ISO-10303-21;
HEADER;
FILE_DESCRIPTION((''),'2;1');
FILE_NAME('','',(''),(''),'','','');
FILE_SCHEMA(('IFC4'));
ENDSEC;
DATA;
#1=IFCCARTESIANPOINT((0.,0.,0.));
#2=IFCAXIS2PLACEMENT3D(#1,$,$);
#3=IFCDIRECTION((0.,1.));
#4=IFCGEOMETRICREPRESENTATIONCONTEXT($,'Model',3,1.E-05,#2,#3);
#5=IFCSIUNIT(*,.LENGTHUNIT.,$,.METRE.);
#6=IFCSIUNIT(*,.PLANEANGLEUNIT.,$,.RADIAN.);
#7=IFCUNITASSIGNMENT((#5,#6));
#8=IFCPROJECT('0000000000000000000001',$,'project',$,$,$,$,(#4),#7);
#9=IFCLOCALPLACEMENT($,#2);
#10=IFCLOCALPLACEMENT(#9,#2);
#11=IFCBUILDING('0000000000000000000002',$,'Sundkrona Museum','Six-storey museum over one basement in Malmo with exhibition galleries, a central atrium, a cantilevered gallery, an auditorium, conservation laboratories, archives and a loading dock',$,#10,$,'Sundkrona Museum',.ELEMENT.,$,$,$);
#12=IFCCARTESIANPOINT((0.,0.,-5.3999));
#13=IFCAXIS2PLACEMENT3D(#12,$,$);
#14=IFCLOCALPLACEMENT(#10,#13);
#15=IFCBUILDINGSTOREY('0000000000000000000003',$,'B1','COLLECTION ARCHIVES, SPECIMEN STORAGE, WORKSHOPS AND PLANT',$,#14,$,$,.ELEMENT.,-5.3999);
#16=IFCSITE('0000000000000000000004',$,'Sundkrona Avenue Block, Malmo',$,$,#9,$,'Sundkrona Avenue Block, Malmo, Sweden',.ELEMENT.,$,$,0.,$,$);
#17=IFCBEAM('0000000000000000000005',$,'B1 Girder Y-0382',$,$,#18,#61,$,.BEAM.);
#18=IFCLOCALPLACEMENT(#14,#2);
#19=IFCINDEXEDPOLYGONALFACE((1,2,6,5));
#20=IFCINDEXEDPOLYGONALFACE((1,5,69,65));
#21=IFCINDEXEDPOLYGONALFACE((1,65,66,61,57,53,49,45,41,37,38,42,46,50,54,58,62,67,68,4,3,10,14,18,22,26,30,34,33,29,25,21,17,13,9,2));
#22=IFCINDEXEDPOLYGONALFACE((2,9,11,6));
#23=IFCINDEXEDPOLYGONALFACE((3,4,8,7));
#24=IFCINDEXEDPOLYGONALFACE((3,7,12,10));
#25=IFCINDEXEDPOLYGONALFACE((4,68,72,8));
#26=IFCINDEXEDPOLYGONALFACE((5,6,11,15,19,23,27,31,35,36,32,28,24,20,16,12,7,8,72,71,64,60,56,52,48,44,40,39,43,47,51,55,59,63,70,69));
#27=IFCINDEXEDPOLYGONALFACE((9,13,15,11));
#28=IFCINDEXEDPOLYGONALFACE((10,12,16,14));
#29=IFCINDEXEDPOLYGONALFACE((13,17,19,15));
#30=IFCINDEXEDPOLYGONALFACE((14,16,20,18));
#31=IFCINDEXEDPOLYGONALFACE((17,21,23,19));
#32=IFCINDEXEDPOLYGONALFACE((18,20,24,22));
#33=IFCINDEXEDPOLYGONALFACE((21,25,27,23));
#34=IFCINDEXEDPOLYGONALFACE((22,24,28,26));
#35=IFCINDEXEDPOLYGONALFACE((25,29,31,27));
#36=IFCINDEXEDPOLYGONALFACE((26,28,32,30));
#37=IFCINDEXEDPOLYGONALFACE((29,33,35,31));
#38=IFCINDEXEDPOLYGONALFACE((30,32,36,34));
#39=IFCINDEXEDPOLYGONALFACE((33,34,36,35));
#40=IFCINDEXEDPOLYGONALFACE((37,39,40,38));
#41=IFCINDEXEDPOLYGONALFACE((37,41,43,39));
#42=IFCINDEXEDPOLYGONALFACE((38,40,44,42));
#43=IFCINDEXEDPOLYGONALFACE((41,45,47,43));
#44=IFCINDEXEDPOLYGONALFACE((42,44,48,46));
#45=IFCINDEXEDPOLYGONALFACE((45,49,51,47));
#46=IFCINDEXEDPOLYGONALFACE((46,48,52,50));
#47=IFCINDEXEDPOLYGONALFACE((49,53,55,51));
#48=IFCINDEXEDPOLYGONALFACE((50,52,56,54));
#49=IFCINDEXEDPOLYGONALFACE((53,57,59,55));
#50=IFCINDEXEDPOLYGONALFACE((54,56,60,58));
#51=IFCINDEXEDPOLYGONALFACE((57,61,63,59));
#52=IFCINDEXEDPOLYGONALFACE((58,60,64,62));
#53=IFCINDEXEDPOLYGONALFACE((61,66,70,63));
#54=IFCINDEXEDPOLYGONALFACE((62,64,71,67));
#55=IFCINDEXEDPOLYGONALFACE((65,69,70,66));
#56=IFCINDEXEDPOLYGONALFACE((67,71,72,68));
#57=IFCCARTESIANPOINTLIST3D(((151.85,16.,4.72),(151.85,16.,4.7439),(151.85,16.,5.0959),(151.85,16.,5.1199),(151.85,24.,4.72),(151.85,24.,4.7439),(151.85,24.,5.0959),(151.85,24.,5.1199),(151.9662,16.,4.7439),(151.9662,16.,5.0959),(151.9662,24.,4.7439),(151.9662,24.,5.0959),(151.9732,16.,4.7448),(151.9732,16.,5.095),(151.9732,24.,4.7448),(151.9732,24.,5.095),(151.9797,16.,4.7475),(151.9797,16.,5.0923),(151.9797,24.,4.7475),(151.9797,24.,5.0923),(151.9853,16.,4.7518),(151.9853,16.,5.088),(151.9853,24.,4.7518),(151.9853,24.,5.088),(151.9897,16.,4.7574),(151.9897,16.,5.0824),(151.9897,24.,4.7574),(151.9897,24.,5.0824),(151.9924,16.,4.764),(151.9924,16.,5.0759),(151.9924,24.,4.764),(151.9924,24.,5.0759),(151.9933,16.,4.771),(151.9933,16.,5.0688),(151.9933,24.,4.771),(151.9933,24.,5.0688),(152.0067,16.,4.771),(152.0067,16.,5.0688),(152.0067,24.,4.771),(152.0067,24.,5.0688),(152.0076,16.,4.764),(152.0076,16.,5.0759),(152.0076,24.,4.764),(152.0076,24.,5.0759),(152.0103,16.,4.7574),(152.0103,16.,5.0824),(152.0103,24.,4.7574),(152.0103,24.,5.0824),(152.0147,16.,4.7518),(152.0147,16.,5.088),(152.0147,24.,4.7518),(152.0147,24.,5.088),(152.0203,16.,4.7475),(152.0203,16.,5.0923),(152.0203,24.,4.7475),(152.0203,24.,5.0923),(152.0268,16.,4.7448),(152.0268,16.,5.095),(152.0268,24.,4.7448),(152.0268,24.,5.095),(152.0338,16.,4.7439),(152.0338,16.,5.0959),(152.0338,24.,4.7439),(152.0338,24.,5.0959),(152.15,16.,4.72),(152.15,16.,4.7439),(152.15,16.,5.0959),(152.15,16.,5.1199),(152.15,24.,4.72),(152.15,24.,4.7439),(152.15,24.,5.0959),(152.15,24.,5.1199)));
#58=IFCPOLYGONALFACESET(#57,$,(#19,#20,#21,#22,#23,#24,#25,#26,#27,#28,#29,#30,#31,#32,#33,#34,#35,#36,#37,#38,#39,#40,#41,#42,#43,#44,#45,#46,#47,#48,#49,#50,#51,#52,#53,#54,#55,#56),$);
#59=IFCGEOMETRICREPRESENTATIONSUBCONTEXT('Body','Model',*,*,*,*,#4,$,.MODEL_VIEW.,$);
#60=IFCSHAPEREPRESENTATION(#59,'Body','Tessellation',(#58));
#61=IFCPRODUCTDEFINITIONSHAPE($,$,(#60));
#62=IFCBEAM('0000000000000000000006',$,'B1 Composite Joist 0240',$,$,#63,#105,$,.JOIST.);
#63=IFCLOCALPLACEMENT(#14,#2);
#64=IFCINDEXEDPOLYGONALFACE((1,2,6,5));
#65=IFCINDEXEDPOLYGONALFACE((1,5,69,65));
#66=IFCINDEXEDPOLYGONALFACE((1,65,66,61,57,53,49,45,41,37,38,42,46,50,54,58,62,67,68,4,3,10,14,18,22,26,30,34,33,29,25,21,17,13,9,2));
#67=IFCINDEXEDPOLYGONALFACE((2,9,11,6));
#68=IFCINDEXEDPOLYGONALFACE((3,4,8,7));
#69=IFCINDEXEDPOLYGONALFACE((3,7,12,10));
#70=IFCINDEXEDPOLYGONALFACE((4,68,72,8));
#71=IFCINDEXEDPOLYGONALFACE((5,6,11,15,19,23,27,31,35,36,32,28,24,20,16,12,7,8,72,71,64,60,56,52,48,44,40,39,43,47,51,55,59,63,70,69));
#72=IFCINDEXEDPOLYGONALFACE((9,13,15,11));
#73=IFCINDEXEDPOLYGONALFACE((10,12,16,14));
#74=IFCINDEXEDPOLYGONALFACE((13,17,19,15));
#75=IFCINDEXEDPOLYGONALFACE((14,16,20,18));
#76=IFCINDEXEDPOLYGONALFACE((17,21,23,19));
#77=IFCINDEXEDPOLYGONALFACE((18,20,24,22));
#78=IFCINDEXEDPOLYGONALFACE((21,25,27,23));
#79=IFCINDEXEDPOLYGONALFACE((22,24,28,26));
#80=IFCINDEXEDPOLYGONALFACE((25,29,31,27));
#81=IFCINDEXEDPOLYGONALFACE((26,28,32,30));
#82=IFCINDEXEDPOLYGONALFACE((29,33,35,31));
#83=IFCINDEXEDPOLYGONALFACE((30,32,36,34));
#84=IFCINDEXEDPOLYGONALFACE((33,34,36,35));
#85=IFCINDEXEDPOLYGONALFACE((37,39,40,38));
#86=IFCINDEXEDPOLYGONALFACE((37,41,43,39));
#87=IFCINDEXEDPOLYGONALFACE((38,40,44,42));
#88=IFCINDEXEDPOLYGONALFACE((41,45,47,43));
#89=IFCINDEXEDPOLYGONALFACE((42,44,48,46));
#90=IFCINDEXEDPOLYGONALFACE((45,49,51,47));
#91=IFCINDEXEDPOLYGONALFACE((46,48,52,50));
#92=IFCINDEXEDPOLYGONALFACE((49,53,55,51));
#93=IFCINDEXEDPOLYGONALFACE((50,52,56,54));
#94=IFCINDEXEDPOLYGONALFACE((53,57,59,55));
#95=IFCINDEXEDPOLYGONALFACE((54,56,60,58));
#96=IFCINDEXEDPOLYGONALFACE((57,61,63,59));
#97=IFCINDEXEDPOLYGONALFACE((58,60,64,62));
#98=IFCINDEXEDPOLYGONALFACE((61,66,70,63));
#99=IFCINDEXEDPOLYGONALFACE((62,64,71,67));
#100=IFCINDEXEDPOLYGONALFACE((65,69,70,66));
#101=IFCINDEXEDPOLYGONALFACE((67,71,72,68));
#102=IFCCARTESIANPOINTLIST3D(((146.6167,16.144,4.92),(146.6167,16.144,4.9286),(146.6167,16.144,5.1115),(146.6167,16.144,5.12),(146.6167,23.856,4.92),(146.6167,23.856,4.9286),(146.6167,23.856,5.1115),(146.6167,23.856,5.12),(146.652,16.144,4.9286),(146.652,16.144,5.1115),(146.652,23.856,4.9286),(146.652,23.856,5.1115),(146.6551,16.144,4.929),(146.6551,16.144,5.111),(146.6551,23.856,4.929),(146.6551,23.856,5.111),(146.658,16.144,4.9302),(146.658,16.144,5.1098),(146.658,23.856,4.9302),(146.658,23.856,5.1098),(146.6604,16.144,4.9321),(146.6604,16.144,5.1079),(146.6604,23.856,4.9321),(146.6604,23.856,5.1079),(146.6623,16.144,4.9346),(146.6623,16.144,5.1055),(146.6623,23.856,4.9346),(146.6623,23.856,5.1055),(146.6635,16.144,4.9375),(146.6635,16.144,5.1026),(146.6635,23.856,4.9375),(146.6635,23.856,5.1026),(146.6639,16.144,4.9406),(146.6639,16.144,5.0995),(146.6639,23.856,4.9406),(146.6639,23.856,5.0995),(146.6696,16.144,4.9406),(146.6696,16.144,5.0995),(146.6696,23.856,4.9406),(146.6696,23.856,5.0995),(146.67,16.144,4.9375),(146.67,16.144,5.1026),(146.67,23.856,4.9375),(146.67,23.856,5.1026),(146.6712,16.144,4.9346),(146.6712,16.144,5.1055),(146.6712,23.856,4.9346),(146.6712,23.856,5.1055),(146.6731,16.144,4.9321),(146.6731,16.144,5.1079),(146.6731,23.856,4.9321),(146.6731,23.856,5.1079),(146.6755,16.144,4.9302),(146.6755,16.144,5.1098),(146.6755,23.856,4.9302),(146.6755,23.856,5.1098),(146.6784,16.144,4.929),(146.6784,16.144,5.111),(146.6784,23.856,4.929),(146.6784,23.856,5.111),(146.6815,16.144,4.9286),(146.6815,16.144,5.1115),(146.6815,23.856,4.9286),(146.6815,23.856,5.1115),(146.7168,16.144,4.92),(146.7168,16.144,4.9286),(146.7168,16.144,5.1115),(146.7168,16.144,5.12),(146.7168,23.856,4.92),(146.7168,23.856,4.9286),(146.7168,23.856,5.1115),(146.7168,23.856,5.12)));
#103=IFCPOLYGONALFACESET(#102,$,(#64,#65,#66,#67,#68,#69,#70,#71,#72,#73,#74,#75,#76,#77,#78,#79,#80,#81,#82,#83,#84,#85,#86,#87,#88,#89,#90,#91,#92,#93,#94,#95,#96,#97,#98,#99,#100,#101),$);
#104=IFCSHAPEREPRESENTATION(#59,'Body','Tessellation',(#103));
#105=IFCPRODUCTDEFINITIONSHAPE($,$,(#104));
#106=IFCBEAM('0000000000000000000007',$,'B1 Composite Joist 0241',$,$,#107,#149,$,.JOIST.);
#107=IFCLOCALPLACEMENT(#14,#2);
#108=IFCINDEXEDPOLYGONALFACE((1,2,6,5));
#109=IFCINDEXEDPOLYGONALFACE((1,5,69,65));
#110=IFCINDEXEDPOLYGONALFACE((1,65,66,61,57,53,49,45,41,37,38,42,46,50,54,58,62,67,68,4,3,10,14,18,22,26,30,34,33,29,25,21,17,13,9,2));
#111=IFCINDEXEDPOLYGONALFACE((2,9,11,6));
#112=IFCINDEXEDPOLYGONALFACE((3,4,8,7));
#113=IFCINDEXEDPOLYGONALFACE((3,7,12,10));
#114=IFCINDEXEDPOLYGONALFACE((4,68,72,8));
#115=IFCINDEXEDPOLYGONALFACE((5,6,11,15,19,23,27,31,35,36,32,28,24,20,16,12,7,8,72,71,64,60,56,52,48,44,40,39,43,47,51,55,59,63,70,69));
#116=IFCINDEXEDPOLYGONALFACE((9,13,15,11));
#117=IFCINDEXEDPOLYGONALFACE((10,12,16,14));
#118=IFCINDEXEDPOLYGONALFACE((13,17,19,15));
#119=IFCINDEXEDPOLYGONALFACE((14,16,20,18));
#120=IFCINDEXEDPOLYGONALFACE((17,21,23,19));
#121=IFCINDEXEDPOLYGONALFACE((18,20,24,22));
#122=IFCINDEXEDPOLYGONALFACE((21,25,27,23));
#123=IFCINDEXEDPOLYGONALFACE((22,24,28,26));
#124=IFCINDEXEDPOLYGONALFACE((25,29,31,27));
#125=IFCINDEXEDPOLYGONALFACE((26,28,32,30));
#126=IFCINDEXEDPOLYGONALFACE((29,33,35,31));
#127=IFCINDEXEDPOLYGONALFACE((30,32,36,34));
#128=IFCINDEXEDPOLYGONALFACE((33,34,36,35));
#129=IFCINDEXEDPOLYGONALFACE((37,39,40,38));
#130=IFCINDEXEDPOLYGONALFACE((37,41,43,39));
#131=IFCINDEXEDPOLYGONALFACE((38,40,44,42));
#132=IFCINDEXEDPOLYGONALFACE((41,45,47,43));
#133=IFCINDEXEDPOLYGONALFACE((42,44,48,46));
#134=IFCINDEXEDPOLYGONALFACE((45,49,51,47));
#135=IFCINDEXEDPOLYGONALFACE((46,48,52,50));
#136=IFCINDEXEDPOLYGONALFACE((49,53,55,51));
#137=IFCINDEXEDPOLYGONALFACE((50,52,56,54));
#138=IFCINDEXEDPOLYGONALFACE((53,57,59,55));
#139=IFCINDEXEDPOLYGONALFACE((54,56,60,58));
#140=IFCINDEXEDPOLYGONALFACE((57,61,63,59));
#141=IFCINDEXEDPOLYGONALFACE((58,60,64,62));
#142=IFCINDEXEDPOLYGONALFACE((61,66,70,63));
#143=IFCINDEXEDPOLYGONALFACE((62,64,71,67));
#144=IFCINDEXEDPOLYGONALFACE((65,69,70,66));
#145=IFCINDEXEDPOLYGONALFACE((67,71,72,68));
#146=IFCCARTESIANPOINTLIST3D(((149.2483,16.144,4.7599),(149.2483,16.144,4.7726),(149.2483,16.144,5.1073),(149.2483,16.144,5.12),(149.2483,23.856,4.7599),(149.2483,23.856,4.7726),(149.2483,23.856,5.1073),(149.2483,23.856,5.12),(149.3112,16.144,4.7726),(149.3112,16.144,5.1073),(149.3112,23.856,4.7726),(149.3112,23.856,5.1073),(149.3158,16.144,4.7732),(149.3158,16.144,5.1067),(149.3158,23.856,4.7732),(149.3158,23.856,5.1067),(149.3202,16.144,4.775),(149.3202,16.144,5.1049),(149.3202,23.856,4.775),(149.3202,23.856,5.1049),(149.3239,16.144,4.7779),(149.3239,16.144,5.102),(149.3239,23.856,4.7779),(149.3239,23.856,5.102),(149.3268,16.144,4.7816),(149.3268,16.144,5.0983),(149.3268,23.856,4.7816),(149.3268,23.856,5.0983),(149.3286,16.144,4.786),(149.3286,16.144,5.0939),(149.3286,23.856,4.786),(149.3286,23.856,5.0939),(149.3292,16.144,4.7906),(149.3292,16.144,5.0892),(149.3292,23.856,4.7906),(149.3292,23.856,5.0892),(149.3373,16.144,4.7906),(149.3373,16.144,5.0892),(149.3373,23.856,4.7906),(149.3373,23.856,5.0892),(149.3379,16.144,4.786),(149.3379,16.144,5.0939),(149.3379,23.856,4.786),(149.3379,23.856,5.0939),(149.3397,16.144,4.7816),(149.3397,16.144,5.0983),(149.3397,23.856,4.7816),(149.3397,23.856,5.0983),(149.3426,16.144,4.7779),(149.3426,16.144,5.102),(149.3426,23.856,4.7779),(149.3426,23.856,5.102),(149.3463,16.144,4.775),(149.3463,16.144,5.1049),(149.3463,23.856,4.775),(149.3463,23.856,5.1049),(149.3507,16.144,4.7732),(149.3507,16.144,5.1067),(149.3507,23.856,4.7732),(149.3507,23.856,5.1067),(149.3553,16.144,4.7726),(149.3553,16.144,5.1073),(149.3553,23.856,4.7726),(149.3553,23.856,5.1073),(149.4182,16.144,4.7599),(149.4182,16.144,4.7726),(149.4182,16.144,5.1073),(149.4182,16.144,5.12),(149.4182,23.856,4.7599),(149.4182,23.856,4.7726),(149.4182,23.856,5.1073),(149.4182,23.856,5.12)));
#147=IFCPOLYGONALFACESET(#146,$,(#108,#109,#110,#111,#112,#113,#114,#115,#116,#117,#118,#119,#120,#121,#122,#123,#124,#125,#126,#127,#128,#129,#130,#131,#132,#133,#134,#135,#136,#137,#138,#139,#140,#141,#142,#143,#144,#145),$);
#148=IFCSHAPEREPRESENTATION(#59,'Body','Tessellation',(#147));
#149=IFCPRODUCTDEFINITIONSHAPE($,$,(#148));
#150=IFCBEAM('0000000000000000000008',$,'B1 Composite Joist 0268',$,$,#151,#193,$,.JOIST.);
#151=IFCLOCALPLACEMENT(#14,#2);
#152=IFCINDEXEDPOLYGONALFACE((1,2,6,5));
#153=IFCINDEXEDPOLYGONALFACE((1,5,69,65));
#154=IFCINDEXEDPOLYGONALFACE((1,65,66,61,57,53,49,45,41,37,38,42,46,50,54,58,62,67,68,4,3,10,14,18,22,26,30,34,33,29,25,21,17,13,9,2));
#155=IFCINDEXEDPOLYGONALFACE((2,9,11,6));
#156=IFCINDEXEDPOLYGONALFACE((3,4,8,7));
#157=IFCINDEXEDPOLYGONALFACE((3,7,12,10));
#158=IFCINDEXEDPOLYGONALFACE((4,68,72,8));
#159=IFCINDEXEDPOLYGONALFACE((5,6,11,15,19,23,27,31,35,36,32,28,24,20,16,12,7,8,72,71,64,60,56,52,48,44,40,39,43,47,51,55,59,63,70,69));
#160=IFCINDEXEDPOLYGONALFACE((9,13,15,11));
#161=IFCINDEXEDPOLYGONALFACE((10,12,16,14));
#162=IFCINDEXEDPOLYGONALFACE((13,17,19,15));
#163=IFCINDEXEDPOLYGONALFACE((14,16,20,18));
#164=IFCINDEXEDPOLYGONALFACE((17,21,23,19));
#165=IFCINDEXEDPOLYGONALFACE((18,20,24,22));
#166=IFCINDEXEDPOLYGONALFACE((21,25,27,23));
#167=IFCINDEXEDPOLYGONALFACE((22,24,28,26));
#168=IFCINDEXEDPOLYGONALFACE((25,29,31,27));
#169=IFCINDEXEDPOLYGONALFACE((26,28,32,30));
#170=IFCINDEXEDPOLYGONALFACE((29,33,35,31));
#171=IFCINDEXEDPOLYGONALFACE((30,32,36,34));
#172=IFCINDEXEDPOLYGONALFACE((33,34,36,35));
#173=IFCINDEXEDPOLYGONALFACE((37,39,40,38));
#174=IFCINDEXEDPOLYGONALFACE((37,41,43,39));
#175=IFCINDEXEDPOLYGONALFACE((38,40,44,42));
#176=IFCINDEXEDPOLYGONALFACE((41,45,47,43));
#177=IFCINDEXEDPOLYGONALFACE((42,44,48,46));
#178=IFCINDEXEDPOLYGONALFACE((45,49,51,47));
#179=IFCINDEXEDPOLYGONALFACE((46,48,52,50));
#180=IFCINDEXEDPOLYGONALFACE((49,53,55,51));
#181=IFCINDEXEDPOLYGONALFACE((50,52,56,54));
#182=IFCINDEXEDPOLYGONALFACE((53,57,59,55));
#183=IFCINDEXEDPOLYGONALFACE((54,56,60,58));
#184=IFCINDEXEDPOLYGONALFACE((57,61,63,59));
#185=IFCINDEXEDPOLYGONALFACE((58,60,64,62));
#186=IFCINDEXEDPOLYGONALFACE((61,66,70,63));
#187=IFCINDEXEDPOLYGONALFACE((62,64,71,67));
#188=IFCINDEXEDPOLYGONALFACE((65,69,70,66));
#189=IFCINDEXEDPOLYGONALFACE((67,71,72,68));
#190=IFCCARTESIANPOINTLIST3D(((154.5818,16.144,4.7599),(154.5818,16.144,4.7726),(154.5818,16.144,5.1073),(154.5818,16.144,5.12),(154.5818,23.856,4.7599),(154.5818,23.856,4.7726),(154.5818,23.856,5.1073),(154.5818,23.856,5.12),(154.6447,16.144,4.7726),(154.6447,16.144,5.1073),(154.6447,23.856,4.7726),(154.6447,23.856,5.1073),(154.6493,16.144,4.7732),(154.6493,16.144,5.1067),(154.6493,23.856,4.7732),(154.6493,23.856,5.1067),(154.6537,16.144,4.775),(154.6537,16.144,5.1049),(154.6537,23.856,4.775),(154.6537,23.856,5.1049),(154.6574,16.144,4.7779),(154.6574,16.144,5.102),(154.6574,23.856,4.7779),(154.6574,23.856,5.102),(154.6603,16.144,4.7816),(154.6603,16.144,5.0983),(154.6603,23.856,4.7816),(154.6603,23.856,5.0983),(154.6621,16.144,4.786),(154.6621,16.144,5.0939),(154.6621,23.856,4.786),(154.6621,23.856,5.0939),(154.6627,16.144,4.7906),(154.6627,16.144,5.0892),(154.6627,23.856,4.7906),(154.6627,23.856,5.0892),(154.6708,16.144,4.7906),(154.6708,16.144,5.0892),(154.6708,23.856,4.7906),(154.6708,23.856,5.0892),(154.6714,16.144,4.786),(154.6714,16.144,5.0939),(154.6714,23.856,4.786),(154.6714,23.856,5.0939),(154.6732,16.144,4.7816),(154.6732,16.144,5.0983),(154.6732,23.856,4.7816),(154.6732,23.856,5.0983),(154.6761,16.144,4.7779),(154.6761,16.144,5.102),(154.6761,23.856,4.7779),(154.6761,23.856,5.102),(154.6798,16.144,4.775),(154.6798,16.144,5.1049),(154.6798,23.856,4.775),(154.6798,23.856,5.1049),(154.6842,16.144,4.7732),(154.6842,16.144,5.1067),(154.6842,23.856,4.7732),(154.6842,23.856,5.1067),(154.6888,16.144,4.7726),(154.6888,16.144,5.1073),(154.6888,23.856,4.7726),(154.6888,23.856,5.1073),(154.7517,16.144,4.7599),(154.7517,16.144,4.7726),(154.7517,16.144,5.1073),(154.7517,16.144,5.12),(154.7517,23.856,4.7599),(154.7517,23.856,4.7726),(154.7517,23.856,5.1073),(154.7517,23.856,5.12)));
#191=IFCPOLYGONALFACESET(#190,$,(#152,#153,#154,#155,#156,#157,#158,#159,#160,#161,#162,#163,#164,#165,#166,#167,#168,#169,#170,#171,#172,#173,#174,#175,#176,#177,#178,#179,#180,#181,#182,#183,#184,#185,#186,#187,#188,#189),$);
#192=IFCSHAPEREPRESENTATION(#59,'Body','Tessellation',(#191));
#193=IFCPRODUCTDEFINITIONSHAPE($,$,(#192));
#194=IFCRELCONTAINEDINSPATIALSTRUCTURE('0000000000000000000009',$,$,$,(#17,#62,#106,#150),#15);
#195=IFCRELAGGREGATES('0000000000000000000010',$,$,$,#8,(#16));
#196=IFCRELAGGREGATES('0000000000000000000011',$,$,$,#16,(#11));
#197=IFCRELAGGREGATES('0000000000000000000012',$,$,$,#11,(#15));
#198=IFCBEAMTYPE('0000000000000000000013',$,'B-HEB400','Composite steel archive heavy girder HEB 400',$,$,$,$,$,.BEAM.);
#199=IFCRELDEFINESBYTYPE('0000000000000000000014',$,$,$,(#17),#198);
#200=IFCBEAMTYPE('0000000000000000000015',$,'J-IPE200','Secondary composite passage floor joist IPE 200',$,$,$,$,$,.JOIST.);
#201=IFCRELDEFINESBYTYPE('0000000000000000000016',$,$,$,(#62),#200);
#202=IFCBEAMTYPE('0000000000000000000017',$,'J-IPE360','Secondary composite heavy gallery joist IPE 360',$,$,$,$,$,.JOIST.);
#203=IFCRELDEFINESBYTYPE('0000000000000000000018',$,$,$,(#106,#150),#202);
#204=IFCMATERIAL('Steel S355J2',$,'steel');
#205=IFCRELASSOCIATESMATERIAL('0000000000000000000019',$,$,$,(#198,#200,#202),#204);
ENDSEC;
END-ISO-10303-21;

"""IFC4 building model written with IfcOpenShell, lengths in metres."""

from ifc_helpers import new_model, si_unit, direction, frame, origin, origin_2d, place, context, subcontext, project, spatial, i_section, extrude, material, material_profile, profile_set, type_object, element, save


model = new_model("IFC4")

# Units and contexts
model_context = context("Model", 3, precision=1e-05, world=origin(), true_north=direction((0.0, 1.0)))
body_context = subcontext(model_context, "Body", "Model", "MODEL_VIEW")
ifc_project = project(units=[si_unit("LENGTHUNIT", "METRE"), si_unit("PLANEANGLEUNIT", "RADIAN")], contexts=[model_context])

# Site, building, storey
site_placement = place(None, origin())
site = spatial("IfcSite", under=ifc_project, at=site_placement, Name="Sundkrona Avenue Block, Malmo", LongName="Sundkrona Avenue Block, Malmo, Sweden", CompositionType="ELEMENT", RefElevation=0.0)
building_placement = place(site_placement, origin())
building = spatial("IfcBuilding", under=site, at=building_placement, Name="Sundkrona Museum", Description="Six-storey museum over one basement in Malmo with exhibition galleries, a central atrium, a cantilevered gallery, an auditorium, conservation laboratories, archives and a loading dock", LongName="Sundkrona Museum", CompositionType="ELEMENT")
storey_placement = place(building_placement, frame((0.0, 0.0, -5.3999)))
storey = spatial("IfcBuildingStorey", under=building, at=storey_placement, Name="B1", Description="COLLECTION ARCHIVES, SPECIMEN STORAGE, WORKSHOPS AND PLANT", CompositionType="ELEMENT", Elevation=-5.3999)

# Beams
ifc_material_1 = material(Name="Steel S355J2", Category="steel")
ifc_material_profile_1 = material_profile(ifc_material_1, i_section(OverallWidth=0.3, OverallDepth=0.3999, WebThickness=0.0134, FlangeThickness=0.0239, FilletRadius=0.0271, at=origin_2d()), Name="HEB 400")
ifc_profile_set_1 = profile_set([ifc_material_profile_1], Name="Steel S355J2")
beam_type_1 = type_object("IfcBeamType", Name="B-HEB400", Description="Composite steel archive heavy girder HEB 400", PredefinedType="BEAM", material=ifc_profile_set_1)
for number, where, z_axis, x_axis, name in (
    (1, (152.0, 16.0, 4.9199), (0.0, 1.0, 0.0), (-1.0, 0.0, 0.0), "B1 Girder Y-0382"),
):
    element("IfcBeam", number, at=place(storey_placement, frame(where, z_axis=z_axis, x_axis=x_axis)), inside=storey, type_object=beam_type_1, Name=name, PredefinedType="BEAM", context=body_context, shape_type="SweptSolid", body=[
        extrude(i_section(OverallWidth=0.3, OverallDepth=0.3999, WebThickness=0.0134, FlangeThickness=0.0239, FilletRadius=0.0271, at=origin_2d()), origin(), (0.0, 0.0, 1.0), 8.0),
    ])
ifc_material_profile_2 = material_profile(ifc_material_1, i_section(OverallWidth=0.1001, OverallDepth=0.2, WebThickness=0.0056, FlangeThickness=0.0085, FilletRadius=0.012, at=origin_2d()), Name="IPE 200")
ifc_profile_set_2 = profile_set([ifc_material_profile_2], Name="Steel S355J2")
beam_type_2 = type_object("IfcBeamType", Name="J-IPE200", Description="Secondary composite passage floor joist IPE 200", PredefinedType="JOIST", material=ifc_profile_set_2)
beam_1_placement = place(storey_placement, frame((146.6667, 16.144, 5.02), z_axis=(0.0, 1.0, 0.0), x_axis=(-1.0, 0.0, 0.0)))
element("IfcBeam", 2, at=beam_1_placement, inside=storey, type_object=beam_type_2, Name="B1 Composite Joist 0240", PredefinedType="JOIST", context=body_context, shape_type="SweptSolid", body=[
    extrude(i_section(OverallWidth=0.1001, OverallDepth=0.2, WebThickness=0.0056, FlangeThickness=0.0085, FilletRadius=0.012, at=origin_2d()), origin(), (0.0, 0.0, 1.0), 7.7119),
])
ifc_material_profile_3 = material_profile(ifc_material_1, i_section(OverallWidth=0.1699, OverallDepth=0.3601, WebThickness=0.0081, FlangeThickness=0.0127, FilletRadius=0.0181, at=origin_2d()), Name="IPE 360")
ifc_profile_set_3 = profile_set([ifc_material_profile_3], Name="Steel S355J2")
beam_type_3 = type_object("IfcBeamType", Name="J-IPE360", Description="Secondary composite heavy gallery joist IPE 360", PredefinedType="JOIST", material=ifc_profile_set_3)
for number, where, z_axis, x_axis, name in (
    (3, (149.3333, 16.144, 4.9399), (0.0, 1.0, 0.0), (-1.0, 0.0, 0.0), "B1 Composite Joist 0241"),
    (4, (154.6667, 16.144, 4.9399), (0.0, 1.0, 0.0), (-1.0, 0.0, 0.0), "B1 Composite Joist 0268"),
):
    element("IfcBeam", number, at=place(storey_placement, frame(where, z_axis=z_axis, x_axis=x_axis)), inside=storey, type_object=beam_type_3, Name=name, PredefinedType="JOIST", context=body_context, shape_type="SweptSolid", body=[
        extrude(i_section(OverallWidth=0.1699, OverallDepth=0.3601, WebThickness=0.0081, FlangeThickness=0.0127, FilletRadius=0.0181, at=origin_2d()), origin(), (0.0, 0.0, 1.0), 7.7119),
    ])

save(model, "model.ifc")
